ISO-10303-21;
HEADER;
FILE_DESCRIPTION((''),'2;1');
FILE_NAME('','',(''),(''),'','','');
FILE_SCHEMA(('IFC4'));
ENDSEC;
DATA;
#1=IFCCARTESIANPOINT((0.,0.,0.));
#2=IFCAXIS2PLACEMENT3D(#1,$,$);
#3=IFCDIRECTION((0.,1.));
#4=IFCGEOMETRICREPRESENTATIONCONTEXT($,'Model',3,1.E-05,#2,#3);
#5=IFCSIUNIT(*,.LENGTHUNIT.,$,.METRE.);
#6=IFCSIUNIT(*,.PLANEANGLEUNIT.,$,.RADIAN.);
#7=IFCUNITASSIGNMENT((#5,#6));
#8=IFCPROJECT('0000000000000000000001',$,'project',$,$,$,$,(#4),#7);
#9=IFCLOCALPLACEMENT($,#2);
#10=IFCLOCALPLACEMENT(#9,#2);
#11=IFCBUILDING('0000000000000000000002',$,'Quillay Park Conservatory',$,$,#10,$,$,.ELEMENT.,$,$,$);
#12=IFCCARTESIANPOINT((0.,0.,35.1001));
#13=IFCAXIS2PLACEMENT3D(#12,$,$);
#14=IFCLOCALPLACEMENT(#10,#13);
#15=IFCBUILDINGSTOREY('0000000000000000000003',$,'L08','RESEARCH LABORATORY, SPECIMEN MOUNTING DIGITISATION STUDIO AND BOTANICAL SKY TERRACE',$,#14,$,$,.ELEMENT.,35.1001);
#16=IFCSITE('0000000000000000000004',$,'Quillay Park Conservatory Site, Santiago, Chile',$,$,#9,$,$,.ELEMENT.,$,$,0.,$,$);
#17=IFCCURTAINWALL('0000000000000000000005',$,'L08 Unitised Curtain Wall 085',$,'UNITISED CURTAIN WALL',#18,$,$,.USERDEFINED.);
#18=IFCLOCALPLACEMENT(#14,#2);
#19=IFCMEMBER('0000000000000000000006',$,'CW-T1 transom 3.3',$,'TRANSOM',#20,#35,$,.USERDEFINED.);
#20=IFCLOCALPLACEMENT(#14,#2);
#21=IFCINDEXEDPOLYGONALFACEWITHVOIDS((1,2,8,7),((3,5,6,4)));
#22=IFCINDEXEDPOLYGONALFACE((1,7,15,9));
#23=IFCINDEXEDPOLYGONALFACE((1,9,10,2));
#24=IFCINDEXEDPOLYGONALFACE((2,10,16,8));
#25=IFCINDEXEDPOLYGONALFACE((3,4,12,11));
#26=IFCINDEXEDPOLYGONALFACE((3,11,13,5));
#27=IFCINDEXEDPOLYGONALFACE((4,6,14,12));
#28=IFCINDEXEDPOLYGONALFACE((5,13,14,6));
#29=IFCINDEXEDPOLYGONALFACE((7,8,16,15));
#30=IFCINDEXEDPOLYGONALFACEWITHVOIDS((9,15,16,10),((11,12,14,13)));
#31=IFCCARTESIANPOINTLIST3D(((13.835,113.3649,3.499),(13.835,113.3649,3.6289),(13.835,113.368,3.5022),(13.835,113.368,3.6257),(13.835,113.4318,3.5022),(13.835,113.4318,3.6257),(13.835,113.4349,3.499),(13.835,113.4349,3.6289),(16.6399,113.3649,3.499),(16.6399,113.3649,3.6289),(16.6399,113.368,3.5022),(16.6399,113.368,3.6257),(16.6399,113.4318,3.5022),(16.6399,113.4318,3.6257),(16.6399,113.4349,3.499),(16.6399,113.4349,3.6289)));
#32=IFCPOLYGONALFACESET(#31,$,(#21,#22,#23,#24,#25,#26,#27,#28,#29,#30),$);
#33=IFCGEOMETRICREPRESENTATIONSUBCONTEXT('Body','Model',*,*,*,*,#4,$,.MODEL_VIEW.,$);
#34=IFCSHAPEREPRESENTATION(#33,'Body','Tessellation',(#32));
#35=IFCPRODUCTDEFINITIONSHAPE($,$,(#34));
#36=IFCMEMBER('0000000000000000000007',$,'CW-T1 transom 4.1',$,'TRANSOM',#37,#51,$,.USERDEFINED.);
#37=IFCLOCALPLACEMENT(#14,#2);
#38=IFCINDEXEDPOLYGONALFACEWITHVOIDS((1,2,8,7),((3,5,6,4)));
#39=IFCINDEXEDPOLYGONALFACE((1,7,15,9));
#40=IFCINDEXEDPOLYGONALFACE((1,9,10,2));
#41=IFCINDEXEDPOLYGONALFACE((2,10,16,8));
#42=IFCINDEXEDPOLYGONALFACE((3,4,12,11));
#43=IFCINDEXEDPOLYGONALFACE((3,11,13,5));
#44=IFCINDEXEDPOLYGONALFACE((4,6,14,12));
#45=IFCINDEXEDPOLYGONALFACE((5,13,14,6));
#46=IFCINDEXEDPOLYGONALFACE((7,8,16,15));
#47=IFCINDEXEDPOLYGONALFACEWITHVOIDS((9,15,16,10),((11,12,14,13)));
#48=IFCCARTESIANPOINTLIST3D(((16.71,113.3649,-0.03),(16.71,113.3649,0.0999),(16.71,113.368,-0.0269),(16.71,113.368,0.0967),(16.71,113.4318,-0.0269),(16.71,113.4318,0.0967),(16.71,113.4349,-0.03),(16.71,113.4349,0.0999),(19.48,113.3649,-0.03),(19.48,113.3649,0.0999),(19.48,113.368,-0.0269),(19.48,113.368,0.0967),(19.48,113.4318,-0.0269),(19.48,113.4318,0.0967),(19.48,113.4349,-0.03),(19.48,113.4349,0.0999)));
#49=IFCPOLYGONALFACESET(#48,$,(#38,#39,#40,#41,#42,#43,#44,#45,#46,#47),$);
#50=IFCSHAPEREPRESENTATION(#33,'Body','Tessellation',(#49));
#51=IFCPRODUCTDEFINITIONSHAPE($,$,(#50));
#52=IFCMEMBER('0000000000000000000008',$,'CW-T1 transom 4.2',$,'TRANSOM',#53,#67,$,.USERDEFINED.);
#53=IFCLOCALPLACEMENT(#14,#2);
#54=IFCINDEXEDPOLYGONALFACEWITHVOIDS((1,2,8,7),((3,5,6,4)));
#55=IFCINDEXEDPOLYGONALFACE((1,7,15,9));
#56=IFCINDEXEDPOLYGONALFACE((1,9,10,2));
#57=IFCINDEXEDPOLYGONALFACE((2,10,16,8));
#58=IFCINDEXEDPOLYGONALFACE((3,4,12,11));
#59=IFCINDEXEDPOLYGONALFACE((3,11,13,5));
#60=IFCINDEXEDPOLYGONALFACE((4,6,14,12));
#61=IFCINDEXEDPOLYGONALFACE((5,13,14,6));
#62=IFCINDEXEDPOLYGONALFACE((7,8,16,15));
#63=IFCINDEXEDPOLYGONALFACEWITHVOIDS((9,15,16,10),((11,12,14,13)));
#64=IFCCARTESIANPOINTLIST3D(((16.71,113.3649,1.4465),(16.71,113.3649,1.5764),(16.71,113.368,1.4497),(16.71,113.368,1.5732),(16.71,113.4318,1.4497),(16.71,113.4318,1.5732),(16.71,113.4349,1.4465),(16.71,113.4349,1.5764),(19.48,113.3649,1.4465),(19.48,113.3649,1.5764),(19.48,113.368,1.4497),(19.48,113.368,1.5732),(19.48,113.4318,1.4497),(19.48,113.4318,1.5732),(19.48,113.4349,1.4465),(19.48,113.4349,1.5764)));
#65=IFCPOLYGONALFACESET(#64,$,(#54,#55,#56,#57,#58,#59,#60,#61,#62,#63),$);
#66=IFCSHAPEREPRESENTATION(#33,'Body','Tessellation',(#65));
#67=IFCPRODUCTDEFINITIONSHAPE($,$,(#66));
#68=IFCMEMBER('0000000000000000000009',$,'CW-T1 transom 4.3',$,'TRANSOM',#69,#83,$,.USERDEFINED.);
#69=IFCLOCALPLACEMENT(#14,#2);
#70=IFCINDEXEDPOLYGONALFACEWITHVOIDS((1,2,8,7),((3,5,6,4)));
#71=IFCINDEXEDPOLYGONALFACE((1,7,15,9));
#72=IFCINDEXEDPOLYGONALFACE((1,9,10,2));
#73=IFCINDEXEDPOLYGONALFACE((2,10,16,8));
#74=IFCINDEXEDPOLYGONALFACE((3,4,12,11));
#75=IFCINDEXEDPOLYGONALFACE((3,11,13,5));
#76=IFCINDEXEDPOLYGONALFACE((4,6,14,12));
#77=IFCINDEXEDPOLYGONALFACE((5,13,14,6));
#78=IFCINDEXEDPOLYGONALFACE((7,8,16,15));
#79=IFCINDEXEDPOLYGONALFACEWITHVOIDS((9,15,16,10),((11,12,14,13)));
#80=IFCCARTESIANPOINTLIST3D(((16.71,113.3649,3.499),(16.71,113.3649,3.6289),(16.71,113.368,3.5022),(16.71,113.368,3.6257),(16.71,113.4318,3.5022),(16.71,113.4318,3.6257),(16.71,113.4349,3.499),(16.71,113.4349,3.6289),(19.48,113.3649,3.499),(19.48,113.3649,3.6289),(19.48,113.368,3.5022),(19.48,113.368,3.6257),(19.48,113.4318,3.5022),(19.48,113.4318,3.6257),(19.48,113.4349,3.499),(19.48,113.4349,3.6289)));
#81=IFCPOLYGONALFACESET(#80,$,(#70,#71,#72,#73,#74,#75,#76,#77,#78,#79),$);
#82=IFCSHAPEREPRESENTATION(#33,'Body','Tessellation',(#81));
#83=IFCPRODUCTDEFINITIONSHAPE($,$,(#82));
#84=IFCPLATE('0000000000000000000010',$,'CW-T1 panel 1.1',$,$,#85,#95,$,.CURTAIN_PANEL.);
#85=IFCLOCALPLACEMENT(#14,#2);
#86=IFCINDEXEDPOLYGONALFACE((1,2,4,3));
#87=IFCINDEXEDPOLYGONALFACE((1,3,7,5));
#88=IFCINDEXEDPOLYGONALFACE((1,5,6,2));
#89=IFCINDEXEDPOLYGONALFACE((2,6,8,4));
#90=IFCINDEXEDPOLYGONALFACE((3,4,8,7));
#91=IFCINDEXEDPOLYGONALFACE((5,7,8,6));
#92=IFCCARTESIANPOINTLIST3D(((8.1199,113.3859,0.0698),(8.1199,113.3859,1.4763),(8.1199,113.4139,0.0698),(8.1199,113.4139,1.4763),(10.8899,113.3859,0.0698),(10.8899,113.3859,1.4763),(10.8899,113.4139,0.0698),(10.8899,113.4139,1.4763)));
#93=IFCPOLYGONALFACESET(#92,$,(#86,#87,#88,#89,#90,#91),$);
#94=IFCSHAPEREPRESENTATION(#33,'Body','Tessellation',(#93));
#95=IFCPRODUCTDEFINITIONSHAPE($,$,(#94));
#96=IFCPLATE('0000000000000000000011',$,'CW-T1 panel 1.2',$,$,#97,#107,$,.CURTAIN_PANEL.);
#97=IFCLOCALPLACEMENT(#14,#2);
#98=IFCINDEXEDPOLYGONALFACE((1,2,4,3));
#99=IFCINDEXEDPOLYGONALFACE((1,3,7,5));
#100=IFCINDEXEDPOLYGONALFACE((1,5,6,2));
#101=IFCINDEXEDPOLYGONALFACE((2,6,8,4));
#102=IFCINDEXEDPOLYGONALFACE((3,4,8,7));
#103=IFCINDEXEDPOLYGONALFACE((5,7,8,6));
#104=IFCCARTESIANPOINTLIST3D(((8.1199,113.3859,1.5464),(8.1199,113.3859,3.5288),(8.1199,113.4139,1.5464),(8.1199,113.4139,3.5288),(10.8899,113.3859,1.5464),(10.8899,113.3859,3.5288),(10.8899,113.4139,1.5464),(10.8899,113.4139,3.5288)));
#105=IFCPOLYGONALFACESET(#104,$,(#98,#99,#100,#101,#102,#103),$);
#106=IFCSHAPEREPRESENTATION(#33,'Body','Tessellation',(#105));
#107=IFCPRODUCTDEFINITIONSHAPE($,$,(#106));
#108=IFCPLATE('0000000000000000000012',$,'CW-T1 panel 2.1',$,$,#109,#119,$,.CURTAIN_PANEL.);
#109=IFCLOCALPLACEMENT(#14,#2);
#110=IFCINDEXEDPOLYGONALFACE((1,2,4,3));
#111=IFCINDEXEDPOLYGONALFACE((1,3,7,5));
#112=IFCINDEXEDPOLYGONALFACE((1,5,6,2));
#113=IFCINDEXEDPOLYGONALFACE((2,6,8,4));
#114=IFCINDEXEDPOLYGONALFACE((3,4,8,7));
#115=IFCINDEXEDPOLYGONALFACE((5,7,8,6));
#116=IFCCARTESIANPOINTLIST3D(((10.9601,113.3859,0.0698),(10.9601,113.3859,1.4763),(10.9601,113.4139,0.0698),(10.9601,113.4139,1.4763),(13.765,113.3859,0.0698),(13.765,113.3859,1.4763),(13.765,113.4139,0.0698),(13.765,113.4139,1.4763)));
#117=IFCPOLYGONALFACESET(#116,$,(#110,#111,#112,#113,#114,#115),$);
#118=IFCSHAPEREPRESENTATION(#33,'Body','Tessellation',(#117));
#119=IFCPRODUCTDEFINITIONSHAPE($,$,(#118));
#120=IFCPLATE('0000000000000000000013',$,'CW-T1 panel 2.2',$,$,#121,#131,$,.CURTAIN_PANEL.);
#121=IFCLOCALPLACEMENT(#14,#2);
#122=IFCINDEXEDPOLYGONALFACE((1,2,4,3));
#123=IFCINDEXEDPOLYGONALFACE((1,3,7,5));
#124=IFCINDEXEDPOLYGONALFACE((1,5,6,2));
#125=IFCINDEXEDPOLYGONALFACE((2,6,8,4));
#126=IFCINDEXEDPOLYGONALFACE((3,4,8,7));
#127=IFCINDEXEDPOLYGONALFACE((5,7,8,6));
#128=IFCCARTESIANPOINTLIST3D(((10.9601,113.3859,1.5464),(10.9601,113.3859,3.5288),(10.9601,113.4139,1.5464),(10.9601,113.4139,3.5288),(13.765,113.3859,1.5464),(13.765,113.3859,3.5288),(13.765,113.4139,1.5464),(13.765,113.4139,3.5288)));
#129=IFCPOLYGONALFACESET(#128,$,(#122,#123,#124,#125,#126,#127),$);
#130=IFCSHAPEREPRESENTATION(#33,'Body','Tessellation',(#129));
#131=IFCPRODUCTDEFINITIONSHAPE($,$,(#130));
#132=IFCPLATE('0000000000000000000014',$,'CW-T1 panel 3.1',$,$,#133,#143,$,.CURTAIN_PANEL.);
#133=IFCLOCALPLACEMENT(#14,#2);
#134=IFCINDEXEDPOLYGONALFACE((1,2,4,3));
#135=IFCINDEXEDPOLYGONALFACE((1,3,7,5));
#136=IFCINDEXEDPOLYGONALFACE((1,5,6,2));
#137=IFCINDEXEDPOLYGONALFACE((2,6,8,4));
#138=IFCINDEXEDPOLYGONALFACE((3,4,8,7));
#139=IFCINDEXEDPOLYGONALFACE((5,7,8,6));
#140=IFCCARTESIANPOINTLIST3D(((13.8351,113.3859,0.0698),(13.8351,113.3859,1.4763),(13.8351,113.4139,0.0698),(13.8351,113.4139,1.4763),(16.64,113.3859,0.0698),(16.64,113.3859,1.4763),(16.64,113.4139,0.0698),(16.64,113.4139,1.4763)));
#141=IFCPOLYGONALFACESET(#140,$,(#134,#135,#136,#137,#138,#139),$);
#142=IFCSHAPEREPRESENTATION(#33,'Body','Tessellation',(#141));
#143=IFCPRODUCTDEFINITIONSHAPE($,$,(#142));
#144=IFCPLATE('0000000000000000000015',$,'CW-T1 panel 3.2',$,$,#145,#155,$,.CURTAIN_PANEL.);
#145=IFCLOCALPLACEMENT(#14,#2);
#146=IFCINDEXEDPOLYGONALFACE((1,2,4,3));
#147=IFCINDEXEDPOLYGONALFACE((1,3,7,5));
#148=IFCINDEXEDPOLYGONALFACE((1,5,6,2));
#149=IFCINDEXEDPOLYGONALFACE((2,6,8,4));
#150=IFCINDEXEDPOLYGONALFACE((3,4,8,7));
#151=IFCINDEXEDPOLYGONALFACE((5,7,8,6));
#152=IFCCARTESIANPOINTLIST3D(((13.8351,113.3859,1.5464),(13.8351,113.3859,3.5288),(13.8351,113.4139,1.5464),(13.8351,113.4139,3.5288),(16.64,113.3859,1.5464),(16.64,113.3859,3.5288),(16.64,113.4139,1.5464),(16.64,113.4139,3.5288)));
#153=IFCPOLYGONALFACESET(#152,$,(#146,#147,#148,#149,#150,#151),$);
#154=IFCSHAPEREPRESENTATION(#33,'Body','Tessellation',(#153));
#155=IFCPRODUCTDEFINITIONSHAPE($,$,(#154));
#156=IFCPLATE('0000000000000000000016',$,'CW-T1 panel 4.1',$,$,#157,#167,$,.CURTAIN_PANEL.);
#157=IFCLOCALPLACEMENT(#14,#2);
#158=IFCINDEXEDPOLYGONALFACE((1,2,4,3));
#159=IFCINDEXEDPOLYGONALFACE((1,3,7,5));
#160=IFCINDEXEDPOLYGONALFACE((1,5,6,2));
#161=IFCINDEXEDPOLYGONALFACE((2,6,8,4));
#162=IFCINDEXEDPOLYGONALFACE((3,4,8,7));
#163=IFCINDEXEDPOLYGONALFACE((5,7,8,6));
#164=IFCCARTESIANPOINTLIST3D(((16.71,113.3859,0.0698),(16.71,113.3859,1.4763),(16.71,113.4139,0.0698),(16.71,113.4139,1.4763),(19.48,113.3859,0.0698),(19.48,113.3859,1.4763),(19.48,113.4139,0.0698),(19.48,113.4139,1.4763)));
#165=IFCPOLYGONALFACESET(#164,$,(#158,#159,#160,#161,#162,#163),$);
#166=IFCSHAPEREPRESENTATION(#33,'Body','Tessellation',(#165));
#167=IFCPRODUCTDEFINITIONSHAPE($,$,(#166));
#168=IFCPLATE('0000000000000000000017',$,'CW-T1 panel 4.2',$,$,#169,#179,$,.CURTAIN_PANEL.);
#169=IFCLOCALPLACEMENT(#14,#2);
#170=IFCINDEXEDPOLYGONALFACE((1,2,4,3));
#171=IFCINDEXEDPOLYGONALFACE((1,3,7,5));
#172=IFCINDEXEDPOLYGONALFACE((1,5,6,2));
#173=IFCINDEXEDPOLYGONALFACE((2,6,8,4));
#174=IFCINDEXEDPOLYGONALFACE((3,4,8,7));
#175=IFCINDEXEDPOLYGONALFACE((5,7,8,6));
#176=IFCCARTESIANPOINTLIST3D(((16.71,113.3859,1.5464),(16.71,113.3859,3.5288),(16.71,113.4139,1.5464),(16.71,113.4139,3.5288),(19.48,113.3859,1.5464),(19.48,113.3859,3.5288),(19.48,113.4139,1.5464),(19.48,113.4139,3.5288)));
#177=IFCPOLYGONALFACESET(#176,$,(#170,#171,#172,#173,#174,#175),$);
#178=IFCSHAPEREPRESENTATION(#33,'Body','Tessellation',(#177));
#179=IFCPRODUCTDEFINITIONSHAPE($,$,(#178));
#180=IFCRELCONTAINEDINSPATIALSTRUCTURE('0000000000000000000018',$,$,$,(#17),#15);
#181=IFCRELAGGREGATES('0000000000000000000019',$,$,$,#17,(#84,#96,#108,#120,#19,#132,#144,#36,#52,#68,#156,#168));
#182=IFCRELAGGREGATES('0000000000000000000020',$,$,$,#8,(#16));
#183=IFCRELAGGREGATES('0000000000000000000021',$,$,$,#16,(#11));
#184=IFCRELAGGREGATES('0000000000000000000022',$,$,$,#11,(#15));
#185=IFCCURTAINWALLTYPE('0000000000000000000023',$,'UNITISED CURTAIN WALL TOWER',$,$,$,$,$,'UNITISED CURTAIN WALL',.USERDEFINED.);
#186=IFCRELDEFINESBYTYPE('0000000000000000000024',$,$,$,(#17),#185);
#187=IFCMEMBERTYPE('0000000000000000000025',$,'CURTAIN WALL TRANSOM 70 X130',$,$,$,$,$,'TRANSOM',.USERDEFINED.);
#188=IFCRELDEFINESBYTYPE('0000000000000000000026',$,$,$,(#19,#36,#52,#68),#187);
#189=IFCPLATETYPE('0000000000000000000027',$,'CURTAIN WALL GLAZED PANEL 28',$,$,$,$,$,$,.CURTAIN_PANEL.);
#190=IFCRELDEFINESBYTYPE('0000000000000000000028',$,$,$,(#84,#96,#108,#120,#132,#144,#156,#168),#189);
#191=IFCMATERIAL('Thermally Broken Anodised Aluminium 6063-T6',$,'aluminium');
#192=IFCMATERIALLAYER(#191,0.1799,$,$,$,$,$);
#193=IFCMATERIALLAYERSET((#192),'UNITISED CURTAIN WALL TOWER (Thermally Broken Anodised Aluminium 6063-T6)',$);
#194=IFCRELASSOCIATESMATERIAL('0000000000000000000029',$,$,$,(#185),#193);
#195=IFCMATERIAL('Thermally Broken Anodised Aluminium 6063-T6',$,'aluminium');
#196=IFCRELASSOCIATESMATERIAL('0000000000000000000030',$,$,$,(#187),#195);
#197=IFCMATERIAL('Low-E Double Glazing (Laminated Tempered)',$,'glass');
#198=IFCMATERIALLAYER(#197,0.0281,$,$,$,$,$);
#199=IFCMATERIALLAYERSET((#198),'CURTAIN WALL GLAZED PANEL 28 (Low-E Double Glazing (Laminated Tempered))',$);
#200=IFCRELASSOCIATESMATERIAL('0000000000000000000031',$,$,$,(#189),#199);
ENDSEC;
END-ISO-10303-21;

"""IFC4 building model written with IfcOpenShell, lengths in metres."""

from ifc_helpers import new_model, si_unit, direction, frame, origin, origin_2d, place, context, subcontext, project, spatial, rectangle, hollow_rectangle, extrude, material, layer, layer_set, material_profile, profile_set, type_object, element, aggregate, save


model = new_model("IFC4")

# Units and contexts
model_context = context("Model", 3, precision=1e-05, world=origin(), true_north=direction((0.0, 1.0)))
body_context = subcontext(model_context, "Body", "Model", "MODEL_VIEW")
ifc_project = project(units=[si_unit("LENGTHUNIT", "METRE"), si_unit("PLANEANGLEUNIT", "RADIAN")], contexts=[model_context])

# Site, building, storey
site_placement = place(None, origin())
site = spatial("IfcSite", under=ifc_project, at=site_placement, Name="Quillay Park Conservatory Site, Santiago, Chile", CompositionType="ELEMENT", RefElevation=0.0)
building_placement = place(site_placement, origin())
building = spatial("IfcBuilding", under=site, at=building_placement, Name="Quillay Park Conservatory", CompositionType="ELEMENT")
storey_placement = place(building_placement, frame((0.0, 0.0, 35.1001)))
storey = spatial("IfcBuildingStorey", under=building, at=storey_placement, Name="L08", Description="RESEARCH LABORATORY, SPECIMEN MOUNTING DIGITISATION STUDIO AND BOTANICAL SKY TERRACE", CompositionType="ELEMENT", Elevation=35.1001)

# Curtain wall, members, plates
ifc_material_1 = material(Name="Thermally Broken Anodised Aluminium 6063-T6", Category="aluminium")
ifc_layer_1 = layer(ifc_material_1, 0.1799)
ifc_layer_set_1 = layer_set([ifc_layer_1], Name="UNITISED CURTAIN WALL TOWER (Thermally Broken Anodised Aluminium 6063-T6)")
curtain_wall_type = type_object("IfcCurtainWallType", Name="UNITISED CURTAIN WALL TOWER", ElementType="UNITISED CURTAIN WALL", PredefinedType="USERDEFINED", material=ifc_layer_set_1)
curtain_wall_placement = place(storey_placement, origin())
curtain_wall = element("IfcCurtainWall", 1, at=curtain_wall_placement, inside=storey, type_object=curtain_wall_type, Name="L08 Unitised Curtain Wall 085", ObjectType="UNITISED CURTAIN WALL", PredefinedType="USERDEFINED")
ifc_material_2 = material(Name="Thermally Broken Anodised Aluminium 6063-T6", Category="aluminium")
ifc_material_profile_1 = material_profile(ifc_material_2, hollow_rectangle(XDim=0.0701, YDim=0.1299, WallThickness=0.0032, at=origin_2d()), Name="AL70x130x3.2")
ifc_profile_set_1 = profile_set([ifc_material_profile_1], Name="Thermally Broken Anodised Aluminium 6063-T6")
member_type_1 = type_object("IfcMemberType", Name="CURTAIN WALL TRANSOM 70 X130", ElementType="TRANSOM", PredefinedType="USERDEFINED", material=ifc_profile_set_1)
member_1_placement = place(storey_placement, frame((13.835, 113.3999, 3.564), z_axis=(1.0, 0.0, 0.0), x_axis=(0.0, 1.0, 0.0)))
member_1 = element("IfcMember", 2, at=member_1_placement, type_object=member_type_1, Name="CW-T1 transom 3.3", ObjectType="TRANSOM", PredefinedType="USERDEFINED", context=body_context, shape_type="SweptSolid", body=[
    extrude(hollow_rectangle(XDim=0.0701, YDim=0.1299, WallThickness=0.0032, at=origin_2d()), origin(), (0.0, 0.0, 1.0), 2.8049),
])
member_2_placement = place(storey_placement, frame((16.71, 113.3999, 0.0349), z_axis=(1.0, 0.0, 0.0), x_axis=(0.0, 1.0, 0.0)))
member_2 = element("IfcMember", 3, at=member_2_placement, type_object=member_type_1, Name="CW-T1 transom 4.1", ObjectType="TRANSOM", PredefinedType="USERDEFINED", context=body_context, shape_type="SweptSolid", body=[
    extrude(hollow_rectangle(XDim=0.0701, YDim=0.1299, WallThickness=0.0032, at=origin_2d()), origin(), (0.0, 0.0, 1.0), 2.77),
])
member_3_placement = place(storey_placement, frame((16.71, 113.3999, 1.5115), z_axis=(1.0, 0.0, 0.0), x_axis=(0.0, 1.0, 0.0)))
member_3 = element("IfcMember", 4, at=member_3_placement, type_object=member_type_1, Name="CW-T1 transom 4.2", ObjectType="TRANSOM", PredefinedType="USERDEFINED", context=body_context, shape_type="SweptSolid", body=[
    extrude(hollow_rectangle(XDim=0.0701, YDim=0.1299, WallThickness=0.0032, at=origin_2d()), origin(), (0.0, 0.0, 1.0), 2.77),
])
member_4_placement = place(storey_placement, frame((16.71, 113.3999, 3.564), z_axis=(1.0, 0.0, 0.0), x_axis=(0.0, 1.0, 0.0)))
member_4 = element("IfcMember", 5, at=member_4_placement, type_object=member_type_1, Name="CW-T1 transom 4.3", ObjectType="TRANSOM", PredefinedType="USERDEFINED", context=body_context, shape_type="SweptSolid", body=[
    extrude(hollow_rectangle(XDim=0.0701, YDim=0.1299, WallThickness=0.0032, at=origin_2d()), origin(), (0.0, 0.0, 1.0), 2.77),
])
ifc_material_3 = material(Name="Low-E Double Glazing (Laminated Tempered)", Category="glass")
ifc_layer_2 = layer(ifc_material_3, 0.0281)
ifc_layer_set_2 = layer_set([ifc_layer_2], Name="CURTAIN WALL GLAZED PANEL 28 (Low-E Double Glazing (Laminated Tempered))")
plate_type = type_object("IfcPlateType", Name="CURTAIN WALL GLAZED PANEL 28", PredefinedType="CURTAIN_PANEL", material=ifc_layer_set_2)
plate_1_placement = place(storey_placement, frame((9.5049, 113.3999, 0.0698), z_axis=(0.0, 0.0, 1.0), x_axis=(1.0, 0.0, 0.0)))
plate_1 = element("IfcPlate", 6, at=plate_1_placement, type_object=plate_type, Name="CW-T1 panel 1.1", PredefinedType="CURTAIN_PANEL", context=body_context, shape_type="SweptSolid", body=[
    extrude(rectangle(XDim=2.77, YDim=0.0281, at=origin_2d()), origin(), (0.0, 0.0, 1.0), 1.4065),
])
plate_2_placement = place(storey_placement, frame((9.5049, 113.3999, 1.5464), z_axis=(0.0, 0.0, 1.0), x_axis=(1.0, 0.0, 0.0)))
plate_2 = element("IfcPlate", 7, at=plate_2_placement, type_object=plate_type, Name="CW-T1 panel 1.2", PredefinedType="CURTAIN_PANEL", context=body_context, shape_type="SweptSolid", body=[
    extrude(rectangle(XDim=2.77, YDim=0.0281, at=origin_2d()), origin(), (0.0, 0.0, 1.0), 1.9824),
])
plate_3_placement = place(storey_placement, frame((12.3625, 113.3999, 0.0698), z_axis=(0.0, 0.0, 1.0), x_axis=(1.0, 0.0, 0.0)))
plate_3 = element("IfcPlate", 8, at=plate_3_placement, type_object=plate_type, Name="CW-T1 panel 2.1", PredefinedType="CURTAIN_PANEL", context=body_context, shape_type="SweptSolid", body=[
    extrude(rectangle(XDim=2.8049, YDim=0.0281, at=origin_2d()), origin(), (0.0, 0.0, 1.0), 1.4065),
])
plate_4_placement = place(storey_placement, frame((12.3625, 113.3999, 1.5464), z_axis=(0.0, 0.0, 1.0), x_axis=(1.0, 0.0, 0.0)))
plate_4 = element("IfcPlate", 9, at=plate_4_placement, type_object=plate_type, Name="CW-T1 panel 2.2", PredefinedType="CURTAIN_PANEL", context=body_context, shape_type="SweptSolid", body=[
    extrude(rectangle(XDim=2.8049, YDim=0.0281, at=origin_2d()), origin(), (0.0, 0.0, 1.0), 1.9824),
])
plate_5_placement = place(storey_placement, frame((15.2375, 113.3999, 0.0698), z_axis=(0.0, 0.0, 1.0), x_axis=(1.0, 0.0, 0.0)))
plate_5 = element("IfcPlate", 10, at=plate_5_placement, type_object=plate_type, Name="CW-T1 panel 3.1", PredefinedType="CURTAIN_PANEL", context=body_context, shape_type="SweptSolid", body=[
    extrude(rectangle(XDim=2.8049, YDim=0.0281, at=origin_2d()), origin(), (0.0, 0.0, 1.0), 1.4065),
])
plate_6_placement = place(storey_placement, frame((15.2375, 113.3999, 1.5464), z_axis=(0.0, 0.0, 1.0), x_axis=(1.0, 0.0, 0.0)))
plate_6 = element("IfcPlate", 11, at=plate_6_placement, type_object=plate_type, Name="CW-T1 panel 3.2", PredefinedType="CURTAIN_PANEL", context=body_context, shape_type="SweptSolid", body=[
    extrude(rectangle(XDim=2.8049, YDim=0.0281, at=origin_2d()), origin(), (0.0, 0.0, 1.0), 1.9824),
])
plate_7_placement = place(storey_placement, frame((18.095, 113.3999, 0.0698), z_axis=(0.0, 0.0, 1.0), x_axis=(1.0, 0.0, 0.0)))
plate_7 = element("IfcPlate", 12, at=plate_7_placement, type_object=plate_type, Name="CW-T1 panel 4.1", PredefinedType="CURTAIN_PANEL", context=body_context, shape_type="SweptSolid", body=[
    extrude(rectangle(XDim=2.77, YDim=0.0281, at=origin_2d()), origin(), (0.0, 0.0, 1.0), 1.4065),
])
plate_8_placement = place(storey_placement, frame((18.095, 113.3999, 1.5464), z_axis=(0.0, 0.0, 1.0), x_axis=(1.0, 0.0, 0.0)))
plate_8 = element("IfcPlate", 13, at=plate_8_placement, type_object=plate_type, Name="CW-T1 panel 4.2", PredefinedType="CURTAIN_PANEL", context=body_context, shape_type="SweptSolid", body=[
    extrude(rectangle(XDim=2.77, YDim=0.0281, at=origin_2d()), origin(), (0.0, 0.0, 1.0), 1.9824),
])
aggregate(curtain_wall, [plate_1, plate_2, plate_3, plate_4, member_1, plate_5, plate_6, member_2, member_3, member_4, plate_7, plate_8])

save(model, "model.ifc")
